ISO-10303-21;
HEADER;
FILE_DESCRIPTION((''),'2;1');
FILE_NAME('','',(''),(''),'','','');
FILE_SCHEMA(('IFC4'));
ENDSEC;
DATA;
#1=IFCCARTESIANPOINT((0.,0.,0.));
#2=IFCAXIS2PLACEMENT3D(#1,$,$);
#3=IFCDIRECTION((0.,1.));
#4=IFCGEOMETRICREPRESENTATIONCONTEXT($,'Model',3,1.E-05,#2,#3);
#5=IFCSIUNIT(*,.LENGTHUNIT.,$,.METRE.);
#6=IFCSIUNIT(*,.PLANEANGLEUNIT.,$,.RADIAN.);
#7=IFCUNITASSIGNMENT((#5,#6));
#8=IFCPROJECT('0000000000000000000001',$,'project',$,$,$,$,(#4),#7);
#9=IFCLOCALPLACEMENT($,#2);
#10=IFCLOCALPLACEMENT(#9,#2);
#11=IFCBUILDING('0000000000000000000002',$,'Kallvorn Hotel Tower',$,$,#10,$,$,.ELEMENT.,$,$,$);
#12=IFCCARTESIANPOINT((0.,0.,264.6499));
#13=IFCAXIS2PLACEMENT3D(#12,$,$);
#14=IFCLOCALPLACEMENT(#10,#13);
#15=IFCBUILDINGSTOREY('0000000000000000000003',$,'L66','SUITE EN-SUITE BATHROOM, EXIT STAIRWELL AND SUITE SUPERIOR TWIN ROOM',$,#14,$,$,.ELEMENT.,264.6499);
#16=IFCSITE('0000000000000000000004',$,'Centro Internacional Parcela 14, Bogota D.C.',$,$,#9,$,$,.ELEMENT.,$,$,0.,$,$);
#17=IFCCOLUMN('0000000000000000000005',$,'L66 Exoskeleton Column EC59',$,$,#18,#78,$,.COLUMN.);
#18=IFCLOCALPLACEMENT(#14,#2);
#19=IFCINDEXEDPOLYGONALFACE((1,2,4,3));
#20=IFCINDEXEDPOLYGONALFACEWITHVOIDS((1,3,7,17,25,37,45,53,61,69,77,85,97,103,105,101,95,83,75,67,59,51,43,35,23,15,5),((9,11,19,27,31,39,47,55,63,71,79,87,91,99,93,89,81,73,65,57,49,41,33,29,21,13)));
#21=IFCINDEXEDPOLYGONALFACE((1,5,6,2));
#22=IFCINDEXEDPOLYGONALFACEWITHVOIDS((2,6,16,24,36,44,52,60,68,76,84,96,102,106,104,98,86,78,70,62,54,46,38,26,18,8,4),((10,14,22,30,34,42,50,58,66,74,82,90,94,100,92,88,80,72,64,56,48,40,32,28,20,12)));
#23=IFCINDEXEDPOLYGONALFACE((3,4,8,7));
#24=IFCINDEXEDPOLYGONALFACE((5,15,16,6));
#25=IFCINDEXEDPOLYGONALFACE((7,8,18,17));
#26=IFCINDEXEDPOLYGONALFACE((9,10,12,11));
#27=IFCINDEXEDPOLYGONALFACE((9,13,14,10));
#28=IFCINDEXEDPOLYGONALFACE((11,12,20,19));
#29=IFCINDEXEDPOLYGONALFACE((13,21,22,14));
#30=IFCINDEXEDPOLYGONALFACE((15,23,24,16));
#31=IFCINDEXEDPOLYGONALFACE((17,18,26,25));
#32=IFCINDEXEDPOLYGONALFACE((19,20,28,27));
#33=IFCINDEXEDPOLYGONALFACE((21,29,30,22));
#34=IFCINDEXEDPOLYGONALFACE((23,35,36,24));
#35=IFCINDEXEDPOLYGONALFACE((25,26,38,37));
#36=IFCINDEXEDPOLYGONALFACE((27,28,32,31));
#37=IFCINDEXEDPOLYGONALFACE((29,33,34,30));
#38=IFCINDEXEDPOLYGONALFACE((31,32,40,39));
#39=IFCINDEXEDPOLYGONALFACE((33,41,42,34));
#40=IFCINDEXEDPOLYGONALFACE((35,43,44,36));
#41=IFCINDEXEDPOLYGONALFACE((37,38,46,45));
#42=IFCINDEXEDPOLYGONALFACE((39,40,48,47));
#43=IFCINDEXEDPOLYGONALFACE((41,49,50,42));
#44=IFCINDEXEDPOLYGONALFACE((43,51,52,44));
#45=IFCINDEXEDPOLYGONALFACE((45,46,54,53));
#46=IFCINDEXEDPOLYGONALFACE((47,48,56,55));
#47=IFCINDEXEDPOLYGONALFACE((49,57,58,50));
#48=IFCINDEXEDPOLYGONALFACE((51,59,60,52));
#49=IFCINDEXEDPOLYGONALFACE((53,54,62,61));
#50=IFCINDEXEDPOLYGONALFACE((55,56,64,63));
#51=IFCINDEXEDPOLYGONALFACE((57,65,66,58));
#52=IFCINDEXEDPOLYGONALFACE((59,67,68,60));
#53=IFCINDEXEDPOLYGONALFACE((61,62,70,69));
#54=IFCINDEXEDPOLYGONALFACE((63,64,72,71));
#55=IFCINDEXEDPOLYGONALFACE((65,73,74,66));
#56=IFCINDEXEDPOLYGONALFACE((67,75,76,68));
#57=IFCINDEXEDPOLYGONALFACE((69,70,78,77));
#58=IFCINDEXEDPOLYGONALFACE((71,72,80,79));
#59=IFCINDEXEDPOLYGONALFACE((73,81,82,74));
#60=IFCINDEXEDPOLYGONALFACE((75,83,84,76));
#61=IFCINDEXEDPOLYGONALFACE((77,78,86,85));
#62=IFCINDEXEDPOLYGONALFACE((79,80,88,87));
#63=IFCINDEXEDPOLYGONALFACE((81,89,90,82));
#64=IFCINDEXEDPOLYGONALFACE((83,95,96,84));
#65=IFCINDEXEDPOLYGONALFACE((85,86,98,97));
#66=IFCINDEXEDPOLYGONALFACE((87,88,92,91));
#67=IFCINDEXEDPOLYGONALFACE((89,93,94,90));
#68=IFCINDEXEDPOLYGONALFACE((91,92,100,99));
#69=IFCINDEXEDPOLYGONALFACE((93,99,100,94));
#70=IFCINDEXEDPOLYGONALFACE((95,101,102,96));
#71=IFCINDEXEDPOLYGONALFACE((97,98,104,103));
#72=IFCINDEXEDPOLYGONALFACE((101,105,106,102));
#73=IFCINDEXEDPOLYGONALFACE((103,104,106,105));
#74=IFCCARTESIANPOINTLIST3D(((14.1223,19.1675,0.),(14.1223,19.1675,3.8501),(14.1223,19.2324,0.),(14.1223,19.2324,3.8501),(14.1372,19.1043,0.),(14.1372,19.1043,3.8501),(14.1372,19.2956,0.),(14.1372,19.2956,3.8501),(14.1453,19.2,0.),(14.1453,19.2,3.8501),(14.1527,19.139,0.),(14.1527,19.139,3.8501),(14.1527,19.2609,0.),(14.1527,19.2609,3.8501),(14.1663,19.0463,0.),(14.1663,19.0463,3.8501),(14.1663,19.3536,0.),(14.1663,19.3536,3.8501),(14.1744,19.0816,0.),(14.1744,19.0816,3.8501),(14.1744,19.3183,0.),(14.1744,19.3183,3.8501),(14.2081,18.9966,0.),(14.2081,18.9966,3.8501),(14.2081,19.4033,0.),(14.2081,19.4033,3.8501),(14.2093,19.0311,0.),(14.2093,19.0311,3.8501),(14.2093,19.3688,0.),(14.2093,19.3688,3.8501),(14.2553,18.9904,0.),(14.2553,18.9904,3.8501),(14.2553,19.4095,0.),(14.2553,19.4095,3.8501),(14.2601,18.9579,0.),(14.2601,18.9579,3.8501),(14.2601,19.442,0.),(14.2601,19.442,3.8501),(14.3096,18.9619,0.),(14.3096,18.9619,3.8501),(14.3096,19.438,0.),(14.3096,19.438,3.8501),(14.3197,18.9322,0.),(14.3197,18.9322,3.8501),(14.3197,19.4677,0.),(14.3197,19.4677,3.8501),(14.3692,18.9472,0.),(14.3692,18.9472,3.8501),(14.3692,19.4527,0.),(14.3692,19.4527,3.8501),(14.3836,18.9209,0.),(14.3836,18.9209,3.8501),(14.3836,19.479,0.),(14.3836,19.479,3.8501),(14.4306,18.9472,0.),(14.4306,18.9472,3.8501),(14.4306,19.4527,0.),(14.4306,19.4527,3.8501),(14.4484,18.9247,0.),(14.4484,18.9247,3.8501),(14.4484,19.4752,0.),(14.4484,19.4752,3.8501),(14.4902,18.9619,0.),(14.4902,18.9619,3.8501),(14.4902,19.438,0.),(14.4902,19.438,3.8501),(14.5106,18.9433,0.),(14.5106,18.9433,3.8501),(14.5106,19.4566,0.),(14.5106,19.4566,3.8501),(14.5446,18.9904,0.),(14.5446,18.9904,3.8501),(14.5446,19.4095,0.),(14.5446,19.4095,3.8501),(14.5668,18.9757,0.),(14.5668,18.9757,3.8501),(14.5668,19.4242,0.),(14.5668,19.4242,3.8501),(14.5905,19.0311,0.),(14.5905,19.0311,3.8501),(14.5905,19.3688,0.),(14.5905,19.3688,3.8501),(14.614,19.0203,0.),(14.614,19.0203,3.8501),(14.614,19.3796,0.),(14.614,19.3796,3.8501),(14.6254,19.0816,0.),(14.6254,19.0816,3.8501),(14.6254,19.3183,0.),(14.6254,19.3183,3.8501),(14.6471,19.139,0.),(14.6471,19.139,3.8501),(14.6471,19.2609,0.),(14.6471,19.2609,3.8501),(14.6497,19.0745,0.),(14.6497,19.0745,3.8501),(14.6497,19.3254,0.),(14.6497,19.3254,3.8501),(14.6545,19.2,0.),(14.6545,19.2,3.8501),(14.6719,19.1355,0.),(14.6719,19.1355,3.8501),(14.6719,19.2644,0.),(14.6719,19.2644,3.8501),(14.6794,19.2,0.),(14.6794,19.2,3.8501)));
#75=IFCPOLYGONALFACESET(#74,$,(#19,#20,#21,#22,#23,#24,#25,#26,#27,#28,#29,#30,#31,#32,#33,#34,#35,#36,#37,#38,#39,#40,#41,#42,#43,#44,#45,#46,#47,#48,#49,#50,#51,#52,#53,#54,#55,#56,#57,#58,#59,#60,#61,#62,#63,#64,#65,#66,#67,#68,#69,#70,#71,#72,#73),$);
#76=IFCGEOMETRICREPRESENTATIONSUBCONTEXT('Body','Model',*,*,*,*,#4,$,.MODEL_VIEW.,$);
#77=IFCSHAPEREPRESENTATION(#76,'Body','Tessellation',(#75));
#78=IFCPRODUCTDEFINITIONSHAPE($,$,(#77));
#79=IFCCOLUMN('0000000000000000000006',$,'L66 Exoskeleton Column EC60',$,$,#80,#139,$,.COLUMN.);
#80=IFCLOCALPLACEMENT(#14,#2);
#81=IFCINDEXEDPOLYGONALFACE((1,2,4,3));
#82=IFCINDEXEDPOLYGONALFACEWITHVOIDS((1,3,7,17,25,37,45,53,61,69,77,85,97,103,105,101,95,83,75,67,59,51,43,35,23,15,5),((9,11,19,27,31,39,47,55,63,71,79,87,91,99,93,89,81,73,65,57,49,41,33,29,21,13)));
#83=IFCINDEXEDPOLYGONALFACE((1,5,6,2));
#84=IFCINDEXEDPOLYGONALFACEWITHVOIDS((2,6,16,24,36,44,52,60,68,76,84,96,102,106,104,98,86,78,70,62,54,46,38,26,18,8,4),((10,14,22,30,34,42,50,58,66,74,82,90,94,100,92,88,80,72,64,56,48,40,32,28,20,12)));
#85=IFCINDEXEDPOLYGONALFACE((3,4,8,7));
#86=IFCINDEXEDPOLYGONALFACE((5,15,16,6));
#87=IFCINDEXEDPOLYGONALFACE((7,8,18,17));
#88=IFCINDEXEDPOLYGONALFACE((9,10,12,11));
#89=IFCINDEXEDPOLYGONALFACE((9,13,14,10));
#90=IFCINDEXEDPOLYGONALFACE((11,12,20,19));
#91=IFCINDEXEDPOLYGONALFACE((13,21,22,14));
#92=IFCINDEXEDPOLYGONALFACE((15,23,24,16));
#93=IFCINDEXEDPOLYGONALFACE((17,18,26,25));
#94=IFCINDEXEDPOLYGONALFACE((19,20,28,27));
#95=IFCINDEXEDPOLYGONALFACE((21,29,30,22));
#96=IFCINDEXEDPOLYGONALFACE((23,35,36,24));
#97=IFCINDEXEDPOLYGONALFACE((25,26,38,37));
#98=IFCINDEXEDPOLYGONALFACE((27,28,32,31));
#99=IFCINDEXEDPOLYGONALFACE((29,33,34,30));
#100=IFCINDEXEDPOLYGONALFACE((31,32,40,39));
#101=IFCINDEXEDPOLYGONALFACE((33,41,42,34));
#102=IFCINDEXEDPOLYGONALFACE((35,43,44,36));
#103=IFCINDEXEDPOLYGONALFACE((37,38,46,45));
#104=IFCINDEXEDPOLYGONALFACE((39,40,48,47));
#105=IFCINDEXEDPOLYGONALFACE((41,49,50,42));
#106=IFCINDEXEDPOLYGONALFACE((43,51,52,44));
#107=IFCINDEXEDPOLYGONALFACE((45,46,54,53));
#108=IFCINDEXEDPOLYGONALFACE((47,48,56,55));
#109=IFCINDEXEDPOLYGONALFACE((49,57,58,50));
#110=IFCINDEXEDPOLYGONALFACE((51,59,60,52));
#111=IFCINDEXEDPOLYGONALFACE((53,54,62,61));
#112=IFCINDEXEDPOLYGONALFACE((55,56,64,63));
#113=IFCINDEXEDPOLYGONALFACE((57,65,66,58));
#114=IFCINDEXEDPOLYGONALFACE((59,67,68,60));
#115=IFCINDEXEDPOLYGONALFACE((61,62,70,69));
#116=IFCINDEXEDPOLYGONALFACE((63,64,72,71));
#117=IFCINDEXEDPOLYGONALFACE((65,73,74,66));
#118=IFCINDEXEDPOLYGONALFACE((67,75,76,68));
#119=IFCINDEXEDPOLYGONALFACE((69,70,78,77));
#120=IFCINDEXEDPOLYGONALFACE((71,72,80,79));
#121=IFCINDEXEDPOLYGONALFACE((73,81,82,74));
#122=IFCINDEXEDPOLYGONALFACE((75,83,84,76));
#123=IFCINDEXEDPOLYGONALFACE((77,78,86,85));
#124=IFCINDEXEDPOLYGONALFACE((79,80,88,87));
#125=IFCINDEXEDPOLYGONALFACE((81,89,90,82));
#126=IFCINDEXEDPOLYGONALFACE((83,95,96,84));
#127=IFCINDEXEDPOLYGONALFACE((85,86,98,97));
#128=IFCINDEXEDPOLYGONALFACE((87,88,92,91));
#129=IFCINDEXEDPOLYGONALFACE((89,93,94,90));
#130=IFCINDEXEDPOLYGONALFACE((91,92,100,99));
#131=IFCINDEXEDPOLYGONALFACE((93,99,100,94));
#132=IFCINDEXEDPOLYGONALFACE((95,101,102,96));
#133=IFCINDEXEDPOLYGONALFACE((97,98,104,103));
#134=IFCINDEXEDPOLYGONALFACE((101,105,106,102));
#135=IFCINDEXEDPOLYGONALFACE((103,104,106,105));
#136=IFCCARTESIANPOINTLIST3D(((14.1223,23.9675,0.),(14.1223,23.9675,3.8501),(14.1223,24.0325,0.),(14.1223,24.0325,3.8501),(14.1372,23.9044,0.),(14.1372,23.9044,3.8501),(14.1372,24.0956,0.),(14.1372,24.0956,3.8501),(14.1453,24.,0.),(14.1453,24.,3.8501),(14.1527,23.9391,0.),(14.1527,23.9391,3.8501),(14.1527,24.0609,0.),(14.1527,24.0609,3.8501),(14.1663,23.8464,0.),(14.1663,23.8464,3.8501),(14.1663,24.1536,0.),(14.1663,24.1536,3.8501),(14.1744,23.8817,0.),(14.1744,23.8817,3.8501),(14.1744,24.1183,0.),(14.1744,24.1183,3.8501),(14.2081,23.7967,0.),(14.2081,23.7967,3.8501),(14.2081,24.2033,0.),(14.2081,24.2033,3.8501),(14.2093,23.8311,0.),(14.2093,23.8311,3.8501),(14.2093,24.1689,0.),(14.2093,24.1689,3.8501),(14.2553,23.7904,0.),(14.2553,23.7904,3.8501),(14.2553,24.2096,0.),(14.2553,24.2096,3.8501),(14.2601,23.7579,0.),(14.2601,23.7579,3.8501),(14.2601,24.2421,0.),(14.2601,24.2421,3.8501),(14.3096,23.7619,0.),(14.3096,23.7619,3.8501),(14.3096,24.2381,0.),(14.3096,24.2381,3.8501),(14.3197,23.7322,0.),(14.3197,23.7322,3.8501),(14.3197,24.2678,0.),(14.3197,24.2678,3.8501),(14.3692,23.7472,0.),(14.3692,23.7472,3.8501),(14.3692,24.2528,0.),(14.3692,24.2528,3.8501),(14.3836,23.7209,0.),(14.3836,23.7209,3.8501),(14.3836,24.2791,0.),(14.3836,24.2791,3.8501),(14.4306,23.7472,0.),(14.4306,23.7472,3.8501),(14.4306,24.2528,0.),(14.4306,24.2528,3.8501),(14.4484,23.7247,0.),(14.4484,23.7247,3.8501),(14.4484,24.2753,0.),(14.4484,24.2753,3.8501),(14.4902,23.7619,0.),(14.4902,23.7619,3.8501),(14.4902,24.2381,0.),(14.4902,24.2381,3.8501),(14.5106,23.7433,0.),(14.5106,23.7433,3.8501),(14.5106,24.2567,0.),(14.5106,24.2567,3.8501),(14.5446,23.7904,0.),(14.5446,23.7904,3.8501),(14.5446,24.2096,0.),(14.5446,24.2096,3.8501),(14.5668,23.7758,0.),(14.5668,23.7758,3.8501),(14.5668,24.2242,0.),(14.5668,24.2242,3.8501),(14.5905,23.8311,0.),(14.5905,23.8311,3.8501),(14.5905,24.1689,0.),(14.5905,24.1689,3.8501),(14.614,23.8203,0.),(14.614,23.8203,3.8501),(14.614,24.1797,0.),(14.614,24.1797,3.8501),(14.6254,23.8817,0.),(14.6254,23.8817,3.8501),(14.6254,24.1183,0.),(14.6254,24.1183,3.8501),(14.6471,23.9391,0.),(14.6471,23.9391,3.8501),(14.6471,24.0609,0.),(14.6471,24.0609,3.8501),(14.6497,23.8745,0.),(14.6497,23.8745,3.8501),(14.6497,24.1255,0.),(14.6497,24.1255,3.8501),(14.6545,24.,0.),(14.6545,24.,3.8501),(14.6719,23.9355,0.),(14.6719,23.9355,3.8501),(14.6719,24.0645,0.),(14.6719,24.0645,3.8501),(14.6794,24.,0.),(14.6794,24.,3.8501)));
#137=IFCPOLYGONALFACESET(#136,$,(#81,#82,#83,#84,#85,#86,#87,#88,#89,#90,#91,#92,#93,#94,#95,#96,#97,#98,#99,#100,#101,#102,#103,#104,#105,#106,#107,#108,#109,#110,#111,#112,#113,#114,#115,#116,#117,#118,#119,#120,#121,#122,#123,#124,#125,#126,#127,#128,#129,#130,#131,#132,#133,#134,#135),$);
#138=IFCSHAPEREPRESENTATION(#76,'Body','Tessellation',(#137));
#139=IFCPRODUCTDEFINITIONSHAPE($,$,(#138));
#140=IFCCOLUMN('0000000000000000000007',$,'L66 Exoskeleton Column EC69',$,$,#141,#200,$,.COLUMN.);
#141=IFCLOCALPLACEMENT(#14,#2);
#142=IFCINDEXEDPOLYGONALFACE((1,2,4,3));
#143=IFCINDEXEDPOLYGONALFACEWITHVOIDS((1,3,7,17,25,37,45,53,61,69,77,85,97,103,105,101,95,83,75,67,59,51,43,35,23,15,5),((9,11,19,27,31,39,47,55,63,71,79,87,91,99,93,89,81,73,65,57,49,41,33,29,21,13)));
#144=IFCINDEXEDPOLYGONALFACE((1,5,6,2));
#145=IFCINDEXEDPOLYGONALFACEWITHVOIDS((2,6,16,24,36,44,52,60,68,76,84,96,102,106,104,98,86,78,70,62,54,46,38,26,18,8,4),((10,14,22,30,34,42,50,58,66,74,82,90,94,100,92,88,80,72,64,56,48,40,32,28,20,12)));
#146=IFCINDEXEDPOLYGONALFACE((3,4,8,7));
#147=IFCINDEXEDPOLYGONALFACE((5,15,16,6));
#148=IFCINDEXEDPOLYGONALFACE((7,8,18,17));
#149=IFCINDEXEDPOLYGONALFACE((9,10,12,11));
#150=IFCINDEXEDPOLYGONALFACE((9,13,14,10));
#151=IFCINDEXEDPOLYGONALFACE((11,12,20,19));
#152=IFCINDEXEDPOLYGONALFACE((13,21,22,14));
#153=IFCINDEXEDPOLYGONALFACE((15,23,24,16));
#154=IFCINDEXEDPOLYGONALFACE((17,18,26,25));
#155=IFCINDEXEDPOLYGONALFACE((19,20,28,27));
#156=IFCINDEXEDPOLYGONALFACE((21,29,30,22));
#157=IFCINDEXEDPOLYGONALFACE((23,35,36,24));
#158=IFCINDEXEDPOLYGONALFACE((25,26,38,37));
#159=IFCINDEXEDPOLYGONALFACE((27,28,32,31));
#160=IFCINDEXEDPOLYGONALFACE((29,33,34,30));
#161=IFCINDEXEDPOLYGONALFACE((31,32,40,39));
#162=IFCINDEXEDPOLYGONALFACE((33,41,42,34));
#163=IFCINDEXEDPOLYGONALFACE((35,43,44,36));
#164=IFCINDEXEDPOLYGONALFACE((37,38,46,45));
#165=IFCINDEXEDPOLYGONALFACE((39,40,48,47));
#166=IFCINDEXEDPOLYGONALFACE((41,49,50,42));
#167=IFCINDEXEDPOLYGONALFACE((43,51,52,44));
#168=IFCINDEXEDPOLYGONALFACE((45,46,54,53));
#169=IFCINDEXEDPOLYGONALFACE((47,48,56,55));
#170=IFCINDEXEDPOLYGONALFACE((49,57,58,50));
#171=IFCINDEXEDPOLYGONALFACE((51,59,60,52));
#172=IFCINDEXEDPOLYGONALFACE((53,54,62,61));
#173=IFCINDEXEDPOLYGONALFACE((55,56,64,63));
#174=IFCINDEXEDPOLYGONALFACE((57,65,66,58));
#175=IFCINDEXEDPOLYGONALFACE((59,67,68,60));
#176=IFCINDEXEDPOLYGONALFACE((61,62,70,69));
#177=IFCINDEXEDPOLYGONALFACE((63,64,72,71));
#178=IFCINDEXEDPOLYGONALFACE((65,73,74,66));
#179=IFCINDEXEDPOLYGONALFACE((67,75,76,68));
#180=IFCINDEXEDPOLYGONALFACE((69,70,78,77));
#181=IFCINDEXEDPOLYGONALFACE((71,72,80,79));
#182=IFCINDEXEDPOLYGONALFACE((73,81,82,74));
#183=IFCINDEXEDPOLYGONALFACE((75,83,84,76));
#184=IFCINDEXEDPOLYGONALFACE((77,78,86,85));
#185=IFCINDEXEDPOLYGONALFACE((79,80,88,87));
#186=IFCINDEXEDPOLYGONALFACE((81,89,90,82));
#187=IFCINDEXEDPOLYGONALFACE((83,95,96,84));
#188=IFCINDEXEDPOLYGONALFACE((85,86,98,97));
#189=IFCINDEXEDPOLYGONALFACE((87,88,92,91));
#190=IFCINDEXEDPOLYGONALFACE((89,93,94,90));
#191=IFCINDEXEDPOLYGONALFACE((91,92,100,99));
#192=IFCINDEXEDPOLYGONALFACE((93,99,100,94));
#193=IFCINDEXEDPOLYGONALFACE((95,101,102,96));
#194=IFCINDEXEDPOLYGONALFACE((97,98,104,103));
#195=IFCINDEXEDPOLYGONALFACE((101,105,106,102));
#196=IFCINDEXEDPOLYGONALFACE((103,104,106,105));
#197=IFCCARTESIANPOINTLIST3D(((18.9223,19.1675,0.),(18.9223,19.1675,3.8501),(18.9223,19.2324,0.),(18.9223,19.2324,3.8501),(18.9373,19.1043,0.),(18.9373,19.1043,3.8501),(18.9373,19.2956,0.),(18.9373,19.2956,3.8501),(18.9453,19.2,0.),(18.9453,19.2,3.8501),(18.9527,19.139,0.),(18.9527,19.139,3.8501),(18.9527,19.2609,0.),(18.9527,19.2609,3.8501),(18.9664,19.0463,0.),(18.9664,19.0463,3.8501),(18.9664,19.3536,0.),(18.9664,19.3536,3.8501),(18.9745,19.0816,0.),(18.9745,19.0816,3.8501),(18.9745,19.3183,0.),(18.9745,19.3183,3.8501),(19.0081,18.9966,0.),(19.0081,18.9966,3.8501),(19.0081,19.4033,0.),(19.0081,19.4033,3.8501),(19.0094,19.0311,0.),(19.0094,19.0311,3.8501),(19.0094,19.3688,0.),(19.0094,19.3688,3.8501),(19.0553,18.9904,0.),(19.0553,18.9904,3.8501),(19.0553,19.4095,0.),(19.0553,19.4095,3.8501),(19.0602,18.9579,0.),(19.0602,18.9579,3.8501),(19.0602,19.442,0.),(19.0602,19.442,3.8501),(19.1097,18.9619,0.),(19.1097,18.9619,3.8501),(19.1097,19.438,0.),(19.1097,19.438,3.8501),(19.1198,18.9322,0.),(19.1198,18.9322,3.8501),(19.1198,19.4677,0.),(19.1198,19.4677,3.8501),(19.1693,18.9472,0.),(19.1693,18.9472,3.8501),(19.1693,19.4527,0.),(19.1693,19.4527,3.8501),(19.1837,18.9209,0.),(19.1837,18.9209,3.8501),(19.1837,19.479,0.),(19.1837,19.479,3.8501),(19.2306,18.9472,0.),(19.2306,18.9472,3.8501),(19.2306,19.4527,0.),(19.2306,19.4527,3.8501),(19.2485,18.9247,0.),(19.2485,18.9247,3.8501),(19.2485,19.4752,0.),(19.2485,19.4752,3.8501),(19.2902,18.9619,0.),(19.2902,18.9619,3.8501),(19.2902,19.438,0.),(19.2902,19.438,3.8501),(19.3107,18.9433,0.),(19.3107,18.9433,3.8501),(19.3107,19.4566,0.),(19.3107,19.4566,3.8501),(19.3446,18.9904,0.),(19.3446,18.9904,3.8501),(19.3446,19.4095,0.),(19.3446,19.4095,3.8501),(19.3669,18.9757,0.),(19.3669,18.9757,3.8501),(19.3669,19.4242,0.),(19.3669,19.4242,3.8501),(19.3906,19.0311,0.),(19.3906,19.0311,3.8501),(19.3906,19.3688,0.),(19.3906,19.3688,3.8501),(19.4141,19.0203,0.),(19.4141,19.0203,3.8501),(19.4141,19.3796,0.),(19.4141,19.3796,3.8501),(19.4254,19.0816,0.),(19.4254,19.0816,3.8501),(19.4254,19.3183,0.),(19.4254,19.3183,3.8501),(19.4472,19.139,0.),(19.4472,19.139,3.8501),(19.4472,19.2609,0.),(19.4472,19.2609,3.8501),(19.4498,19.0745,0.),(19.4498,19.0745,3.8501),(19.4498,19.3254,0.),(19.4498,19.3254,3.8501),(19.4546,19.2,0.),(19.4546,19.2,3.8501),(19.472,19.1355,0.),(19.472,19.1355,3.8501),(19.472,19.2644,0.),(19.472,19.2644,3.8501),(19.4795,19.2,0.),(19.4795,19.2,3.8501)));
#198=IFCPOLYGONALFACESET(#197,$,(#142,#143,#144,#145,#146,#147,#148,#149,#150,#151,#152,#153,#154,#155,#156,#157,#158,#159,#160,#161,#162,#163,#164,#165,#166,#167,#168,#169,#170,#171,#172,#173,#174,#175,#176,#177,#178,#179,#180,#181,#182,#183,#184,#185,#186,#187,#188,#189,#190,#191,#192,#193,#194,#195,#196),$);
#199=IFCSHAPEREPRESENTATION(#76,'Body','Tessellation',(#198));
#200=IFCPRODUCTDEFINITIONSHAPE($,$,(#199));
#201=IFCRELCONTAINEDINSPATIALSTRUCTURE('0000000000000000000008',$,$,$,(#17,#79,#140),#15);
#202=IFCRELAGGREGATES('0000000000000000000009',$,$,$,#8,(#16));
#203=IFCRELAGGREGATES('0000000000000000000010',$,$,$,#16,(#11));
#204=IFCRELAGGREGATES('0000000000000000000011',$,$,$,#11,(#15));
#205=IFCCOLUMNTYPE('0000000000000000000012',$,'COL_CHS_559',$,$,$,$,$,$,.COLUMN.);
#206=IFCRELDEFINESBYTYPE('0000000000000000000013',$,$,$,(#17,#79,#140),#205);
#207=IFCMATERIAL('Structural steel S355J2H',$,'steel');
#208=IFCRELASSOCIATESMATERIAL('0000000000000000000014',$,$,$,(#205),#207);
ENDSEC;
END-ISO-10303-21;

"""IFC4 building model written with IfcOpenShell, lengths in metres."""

from ifc_helpers import new_model, si_unit, direction, frame, origin, origin_2d, place, context, subcontext, project, spatial, hollow_circle, extrude, material, material_profile, profile_set, type_object, element, save


model = new_model("IFC4")

# Units and contexts
model_context = context("Model", 3, precision=1e-05, world=origin(), true_north=direction((0.0, 1.0)))
body_context = subcontext(model_context, "Body", "Model", "MODEL_VIEW")
ifc_project = project(units=[si_unit("LENGTHUNIT", "METRE"), si_unit("PLANEANGLEUNIT", "RADIAN")], contexts=[model_context])

# Site, building, storey
site_placement = place(None, origin())
site = spatial("IfcSite", under=ifc_project, at=site_placement, Name="Centro Internacional Parcela 14, Bogota D.C.", CompositionType="ELEMENT", RefElevation=0.0)
building_placement = place(site_placement, origin())
building = spatial("IfcBuilding", under=site, at=building_placement, Name="Kallvorn Hotel Tower", CompositionType="ELEMENT")
storey_placement = place(building_placement, frame((0.0, 0.0, 264.6499)))
storey = spatial("IfcBuildingStorey", under=building, at=storey_placement, Name="L66", Description="SUITE EN-SUITE BATHROOM, EXIT STAIRWELL AND SUITE SUPERIOR TWIN ROOM", CompositionType="ELEMENT", Elevation=264.6499)

# Columns
ifc_material_1 = material(Name="Structural steel S355J2H", Category="steel")
ifc_material_profile_1 = material_profile(ifc_material_1, hollow_circle(Radius=0.2795, WallThickness=0.0249, at=origin_2d()), Name="CHS 559x25")
ifc_profile_set_1 = profile_set([ifc_material_profile_1], Name="Structural steel S355J2H")
column_type = type_object("IfcColumnType", Name="COL_CHS_559", PredefinedType="COLUMN", material=ifc_profile_set_1)
for number, where, z_axis, x_axis, name in (
    (1, (14.3999, 19.2, 0.0), (0.0, 0.0, 1.0), (1.0, 0.0, 0.0), "L66 Exoskeleton Column EC59"),
    (2, (14.3999, 24.0, 0.0), (0.0, 0.0, 1.0), (1.0, 0.0, 0.0), "L66 Exoskeleton Column EC60"),
    (3, (19.2, 19.2, 0.0), (0.0, 0.0, 1.0), (1.0, 0.0, 0.0), "L66 Exoskeleton Column EC69"),
):
    element("IfcColumn", number, at=place(storey_placement, frame(where, z_axis=z_axis, x_axis=x_axis)), inside=storey, type_object=column_type, Name=name, PredefinedType="COLUMN", context=body_context, shape_type="SweptSolid", body=[
        extrude(hollow_circle(Radius=0.2795, WallThickness=0.0249, at=origin_2d()), origin(), (0.0, 0.0, 1.0), 3.8501),
    ])

save(model, "model.ifc")
